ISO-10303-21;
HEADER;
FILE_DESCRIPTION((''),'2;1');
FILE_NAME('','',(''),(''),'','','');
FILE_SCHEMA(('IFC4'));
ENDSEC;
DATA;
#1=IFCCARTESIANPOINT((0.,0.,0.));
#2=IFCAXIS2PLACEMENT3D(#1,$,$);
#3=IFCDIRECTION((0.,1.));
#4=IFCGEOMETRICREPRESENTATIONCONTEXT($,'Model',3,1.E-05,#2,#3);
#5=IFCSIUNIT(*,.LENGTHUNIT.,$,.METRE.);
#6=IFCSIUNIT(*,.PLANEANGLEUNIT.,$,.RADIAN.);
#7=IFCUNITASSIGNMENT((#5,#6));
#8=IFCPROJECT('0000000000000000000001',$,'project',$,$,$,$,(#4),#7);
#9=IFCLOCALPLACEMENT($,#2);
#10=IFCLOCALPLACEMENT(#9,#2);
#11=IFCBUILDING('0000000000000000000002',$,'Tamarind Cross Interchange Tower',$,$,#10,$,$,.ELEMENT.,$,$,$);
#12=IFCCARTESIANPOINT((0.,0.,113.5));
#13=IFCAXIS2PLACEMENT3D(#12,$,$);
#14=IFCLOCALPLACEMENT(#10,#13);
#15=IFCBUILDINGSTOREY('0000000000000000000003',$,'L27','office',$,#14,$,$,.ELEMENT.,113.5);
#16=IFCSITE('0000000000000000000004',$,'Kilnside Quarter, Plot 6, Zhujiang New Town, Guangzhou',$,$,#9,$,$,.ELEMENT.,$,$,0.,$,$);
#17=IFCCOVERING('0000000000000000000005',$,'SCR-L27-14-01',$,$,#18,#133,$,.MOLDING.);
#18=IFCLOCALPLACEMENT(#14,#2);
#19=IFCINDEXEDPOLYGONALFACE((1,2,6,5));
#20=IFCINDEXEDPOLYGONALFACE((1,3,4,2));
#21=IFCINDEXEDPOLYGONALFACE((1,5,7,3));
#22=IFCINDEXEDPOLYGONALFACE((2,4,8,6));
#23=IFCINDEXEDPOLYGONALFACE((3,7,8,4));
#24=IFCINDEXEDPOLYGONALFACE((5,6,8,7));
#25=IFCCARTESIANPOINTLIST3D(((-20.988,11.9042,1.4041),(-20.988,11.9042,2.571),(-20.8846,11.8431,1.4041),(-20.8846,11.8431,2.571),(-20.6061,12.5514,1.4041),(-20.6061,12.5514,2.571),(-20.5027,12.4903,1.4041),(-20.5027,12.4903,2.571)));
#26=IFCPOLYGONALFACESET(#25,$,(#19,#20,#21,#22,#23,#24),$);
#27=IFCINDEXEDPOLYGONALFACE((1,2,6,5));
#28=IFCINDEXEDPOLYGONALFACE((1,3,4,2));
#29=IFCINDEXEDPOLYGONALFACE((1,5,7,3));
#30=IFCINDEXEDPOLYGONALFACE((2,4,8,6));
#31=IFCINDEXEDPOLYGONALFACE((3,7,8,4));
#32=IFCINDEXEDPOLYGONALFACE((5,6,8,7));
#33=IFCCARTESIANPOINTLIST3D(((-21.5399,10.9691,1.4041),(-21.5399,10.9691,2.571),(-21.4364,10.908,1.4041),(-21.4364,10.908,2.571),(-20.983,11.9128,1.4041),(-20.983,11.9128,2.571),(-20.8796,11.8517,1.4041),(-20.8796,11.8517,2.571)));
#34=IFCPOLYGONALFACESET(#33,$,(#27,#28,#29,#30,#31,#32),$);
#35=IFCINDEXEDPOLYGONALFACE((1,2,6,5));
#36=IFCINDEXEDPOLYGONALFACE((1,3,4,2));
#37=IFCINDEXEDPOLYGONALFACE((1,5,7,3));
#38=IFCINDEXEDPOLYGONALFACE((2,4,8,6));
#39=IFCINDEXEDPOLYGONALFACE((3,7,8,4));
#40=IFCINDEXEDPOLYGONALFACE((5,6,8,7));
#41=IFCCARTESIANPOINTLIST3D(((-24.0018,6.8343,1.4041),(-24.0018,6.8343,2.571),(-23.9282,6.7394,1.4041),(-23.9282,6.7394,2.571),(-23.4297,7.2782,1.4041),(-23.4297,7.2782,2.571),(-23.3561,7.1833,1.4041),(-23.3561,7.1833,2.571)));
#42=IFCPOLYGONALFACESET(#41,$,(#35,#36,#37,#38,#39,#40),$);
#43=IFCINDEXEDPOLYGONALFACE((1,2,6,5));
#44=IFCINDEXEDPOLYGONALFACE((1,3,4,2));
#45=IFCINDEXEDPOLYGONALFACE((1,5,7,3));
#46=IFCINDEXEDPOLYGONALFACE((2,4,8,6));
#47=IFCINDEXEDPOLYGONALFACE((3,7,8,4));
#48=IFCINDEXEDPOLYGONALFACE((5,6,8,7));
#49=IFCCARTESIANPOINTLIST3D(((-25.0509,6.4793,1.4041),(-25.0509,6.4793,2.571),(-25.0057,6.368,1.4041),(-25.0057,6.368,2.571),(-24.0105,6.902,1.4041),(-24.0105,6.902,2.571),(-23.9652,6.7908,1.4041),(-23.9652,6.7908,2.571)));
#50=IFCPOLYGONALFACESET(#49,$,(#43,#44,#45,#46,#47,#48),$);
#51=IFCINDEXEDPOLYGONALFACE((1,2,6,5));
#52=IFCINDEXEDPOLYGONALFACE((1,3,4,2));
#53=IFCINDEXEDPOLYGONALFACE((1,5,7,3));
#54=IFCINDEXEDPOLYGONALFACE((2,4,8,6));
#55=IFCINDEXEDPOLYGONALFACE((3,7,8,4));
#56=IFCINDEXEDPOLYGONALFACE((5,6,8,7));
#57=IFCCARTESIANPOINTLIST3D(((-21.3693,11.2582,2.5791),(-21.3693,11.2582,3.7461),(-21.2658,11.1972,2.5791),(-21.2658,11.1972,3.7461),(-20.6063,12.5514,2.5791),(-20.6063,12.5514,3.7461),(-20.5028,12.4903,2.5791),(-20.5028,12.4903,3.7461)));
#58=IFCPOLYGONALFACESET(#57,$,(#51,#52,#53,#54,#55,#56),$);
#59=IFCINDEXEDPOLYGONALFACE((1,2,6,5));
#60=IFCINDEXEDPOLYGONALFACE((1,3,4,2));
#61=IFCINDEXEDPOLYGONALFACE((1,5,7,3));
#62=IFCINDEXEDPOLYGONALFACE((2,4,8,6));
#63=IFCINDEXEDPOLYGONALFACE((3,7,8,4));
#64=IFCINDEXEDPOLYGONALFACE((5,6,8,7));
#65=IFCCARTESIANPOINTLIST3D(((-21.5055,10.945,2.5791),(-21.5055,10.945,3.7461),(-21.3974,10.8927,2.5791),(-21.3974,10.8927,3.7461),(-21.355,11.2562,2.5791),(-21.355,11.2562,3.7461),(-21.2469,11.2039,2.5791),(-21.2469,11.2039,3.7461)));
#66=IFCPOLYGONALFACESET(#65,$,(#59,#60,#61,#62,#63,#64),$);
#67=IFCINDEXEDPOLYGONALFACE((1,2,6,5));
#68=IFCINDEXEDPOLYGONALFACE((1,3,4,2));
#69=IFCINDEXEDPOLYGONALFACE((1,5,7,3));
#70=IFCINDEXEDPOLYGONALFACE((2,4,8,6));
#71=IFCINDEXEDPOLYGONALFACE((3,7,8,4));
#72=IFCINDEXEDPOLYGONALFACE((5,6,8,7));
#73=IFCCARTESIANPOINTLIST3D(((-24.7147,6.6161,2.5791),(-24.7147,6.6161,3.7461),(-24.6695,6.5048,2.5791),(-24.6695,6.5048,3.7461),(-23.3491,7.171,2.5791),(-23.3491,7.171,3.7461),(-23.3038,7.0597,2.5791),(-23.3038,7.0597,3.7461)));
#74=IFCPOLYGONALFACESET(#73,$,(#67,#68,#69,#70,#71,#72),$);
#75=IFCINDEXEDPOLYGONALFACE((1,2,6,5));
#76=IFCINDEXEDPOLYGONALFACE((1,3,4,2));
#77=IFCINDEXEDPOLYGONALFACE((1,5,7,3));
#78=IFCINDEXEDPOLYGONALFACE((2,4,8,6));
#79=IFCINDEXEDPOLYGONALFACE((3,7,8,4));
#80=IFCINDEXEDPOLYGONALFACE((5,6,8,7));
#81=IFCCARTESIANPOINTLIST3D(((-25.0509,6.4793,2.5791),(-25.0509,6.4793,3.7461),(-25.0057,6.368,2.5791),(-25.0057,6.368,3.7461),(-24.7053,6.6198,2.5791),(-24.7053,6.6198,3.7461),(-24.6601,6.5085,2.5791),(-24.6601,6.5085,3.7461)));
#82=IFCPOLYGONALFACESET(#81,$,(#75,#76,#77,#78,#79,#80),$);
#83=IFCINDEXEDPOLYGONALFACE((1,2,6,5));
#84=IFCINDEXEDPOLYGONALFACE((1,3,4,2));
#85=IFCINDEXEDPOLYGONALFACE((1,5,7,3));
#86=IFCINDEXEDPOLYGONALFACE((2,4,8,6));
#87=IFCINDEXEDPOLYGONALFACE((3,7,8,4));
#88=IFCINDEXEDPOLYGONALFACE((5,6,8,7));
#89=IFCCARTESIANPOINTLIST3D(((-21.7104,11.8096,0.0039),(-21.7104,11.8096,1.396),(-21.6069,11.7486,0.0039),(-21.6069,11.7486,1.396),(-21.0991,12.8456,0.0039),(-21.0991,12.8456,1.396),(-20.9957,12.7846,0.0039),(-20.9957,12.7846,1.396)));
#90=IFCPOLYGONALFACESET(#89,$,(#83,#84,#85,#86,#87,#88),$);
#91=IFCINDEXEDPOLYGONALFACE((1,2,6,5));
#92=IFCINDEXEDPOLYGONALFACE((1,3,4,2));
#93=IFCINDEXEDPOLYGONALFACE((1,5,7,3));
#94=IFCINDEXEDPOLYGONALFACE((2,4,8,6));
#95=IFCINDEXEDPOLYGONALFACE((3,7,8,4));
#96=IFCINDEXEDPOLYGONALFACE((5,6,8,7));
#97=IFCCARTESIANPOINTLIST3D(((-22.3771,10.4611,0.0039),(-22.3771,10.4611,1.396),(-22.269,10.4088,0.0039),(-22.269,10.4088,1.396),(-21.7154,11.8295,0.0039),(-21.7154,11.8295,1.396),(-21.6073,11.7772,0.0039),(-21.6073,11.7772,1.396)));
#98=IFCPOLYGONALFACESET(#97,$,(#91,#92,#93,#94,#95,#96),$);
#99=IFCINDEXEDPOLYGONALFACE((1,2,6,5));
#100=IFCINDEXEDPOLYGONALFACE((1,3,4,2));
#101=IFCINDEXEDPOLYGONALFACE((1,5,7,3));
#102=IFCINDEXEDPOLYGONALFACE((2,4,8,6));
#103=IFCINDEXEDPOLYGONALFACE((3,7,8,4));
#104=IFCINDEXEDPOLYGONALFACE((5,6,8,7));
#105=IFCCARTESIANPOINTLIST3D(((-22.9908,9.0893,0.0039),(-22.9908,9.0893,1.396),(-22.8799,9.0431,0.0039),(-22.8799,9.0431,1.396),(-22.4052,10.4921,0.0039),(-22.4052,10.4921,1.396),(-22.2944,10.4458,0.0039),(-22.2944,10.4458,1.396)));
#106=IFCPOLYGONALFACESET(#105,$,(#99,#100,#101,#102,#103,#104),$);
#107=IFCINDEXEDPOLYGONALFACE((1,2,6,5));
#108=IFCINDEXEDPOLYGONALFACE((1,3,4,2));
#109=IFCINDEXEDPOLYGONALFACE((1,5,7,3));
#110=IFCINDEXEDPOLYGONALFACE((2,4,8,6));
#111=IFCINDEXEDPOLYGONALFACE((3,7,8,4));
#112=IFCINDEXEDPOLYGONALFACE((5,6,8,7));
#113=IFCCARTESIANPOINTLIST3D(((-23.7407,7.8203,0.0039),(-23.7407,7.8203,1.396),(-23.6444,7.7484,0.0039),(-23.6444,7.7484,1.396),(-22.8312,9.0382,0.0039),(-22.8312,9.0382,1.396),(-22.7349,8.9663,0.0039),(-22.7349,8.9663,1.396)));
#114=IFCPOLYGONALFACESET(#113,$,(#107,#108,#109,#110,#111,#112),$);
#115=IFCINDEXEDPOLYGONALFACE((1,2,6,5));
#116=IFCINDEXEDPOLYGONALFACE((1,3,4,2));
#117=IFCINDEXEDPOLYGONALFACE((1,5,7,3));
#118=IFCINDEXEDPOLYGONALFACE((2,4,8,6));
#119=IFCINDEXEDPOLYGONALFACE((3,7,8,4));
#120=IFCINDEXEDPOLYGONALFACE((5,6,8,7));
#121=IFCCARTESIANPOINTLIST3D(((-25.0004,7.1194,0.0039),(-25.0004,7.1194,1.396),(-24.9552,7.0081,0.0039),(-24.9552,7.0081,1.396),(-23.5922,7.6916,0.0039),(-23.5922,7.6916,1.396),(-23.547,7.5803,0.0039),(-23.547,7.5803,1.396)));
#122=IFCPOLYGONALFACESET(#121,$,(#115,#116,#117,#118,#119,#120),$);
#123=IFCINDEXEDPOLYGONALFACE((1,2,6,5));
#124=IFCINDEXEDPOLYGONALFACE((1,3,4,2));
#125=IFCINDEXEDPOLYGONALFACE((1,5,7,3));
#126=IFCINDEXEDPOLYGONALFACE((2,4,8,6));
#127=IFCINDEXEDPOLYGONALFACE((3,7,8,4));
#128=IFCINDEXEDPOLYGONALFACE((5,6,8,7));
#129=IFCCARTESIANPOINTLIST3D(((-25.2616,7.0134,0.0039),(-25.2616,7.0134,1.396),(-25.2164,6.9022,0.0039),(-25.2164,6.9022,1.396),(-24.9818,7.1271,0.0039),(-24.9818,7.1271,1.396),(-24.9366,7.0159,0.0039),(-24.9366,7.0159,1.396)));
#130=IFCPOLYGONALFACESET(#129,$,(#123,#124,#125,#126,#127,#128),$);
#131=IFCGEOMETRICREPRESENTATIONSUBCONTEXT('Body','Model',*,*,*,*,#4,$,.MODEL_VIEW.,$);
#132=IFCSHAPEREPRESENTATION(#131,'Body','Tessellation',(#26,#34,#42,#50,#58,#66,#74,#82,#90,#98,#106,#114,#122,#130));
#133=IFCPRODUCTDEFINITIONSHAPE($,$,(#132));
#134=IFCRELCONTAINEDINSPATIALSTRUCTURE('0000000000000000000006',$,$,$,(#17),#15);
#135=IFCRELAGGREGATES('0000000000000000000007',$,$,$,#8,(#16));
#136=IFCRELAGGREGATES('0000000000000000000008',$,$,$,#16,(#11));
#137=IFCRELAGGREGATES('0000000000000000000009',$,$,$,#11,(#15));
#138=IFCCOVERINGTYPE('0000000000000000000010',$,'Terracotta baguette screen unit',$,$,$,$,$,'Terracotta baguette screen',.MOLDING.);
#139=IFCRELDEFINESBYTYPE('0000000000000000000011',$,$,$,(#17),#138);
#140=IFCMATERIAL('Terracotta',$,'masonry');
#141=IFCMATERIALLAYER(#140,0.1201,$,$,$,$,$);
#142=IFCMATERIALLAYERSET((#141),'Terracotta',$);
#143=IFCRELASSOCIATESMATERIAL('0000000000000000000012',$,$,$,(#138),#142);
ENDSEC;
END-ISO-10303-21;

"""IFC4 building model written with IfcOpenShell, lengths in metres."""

from ifc_helpers import new_model, si_unit, direction, frame, origin, origin_2d, place, context, subcontext, project, spatial, rectangle, extrude, material, layer, layer_set, type_object, element, save


model = new_model("IFC4")

# Units and contexts
model_context = context("Model", 3, precision=1e-05, world=origin(), true_north=direction((0.0, 1.0)))
body_context = subcontext(model_context, "Body", "Model", "MODEL_VIEW")
ifc_project = project(units=[si_unit("LENGTHUNIT", "METRE"), si_unit("PLANEANGLEUNIT", "RADIAN")], contexts=[model_context])

# Site, building, storey
site_placement = place(None, origin())
site = spatial("IfcSite", under=ifc_project, at=site_placement, Name="Kilnside Quarter, Plot 6, Zhujiang New Town, Guangzhou", CompositionType="ELEMENT", RefElevation=0.0)
building_placement = place(site_placement, origin())
building = spatial("IfcBuilding", under=site, at=building_placement, Name="Tamarind Cross Interchange Tower", CompositionType="ELEMENT")
storey_placement = place(building_placement, frame((0.0, 0.0, 113.5)))
storey = spatial("IfcBuildingStorey", under=building, at=storey_placement, Name="L27", Description="office", CompositionType="ELEMENT", Elevation=113.5)

# Covering
ifc_material_1 = material(Name="Terracotta", Category="masonry")
ifc_layer_1 = layer(ifc_material_1, 0.1201)
ifc_layer_set_1 = layer_set([ifc_layer_1], Name="Terracotta")
covering_type = type_object("IfcCoveringType", Name="Terracotta baguette screen unit", ElementType="Terracotta baguette screen", PredefinedType="MOLDING", material=ifc_layer_set_1)
covering_1_placement = place(storey_placement, origin())
element("IfcCovering", 1, at=covering_1_placement, inside=storey, type_object=covering_type, Name="SCR-L27-14-01", PredefinedType="MOLDING", context=body_context, shape_type="SweptSolid", body=[
    extrude(rectangle(XDim=0.7515, YDim=0.1201, at=origin_2d()), frame((-20.7454, 12.1973, 1.4041), z_axis=(0.0, 0.0, 1.0), x_axis=(-0.508183, -0.861249, 0.0)), (0.0, 0.0, 1.0), 1.167),
    extrude(rectangle(XDim=1.0957, YDim=0.1201, at=origin_2d()), frame((-21.2097, 11.4104, 1.4041), z_axis=(0.0, 0.0, 1.0), x_axis=(-0.508183, -0.861249, 0.0)), (0.0, 0.0, 1.0), 1.167),
    extrude(rectangle(XDim=0.7241, YDim=0.1201, at=origin_2d()), frame((-23.679, 7.0088, 1.4041), z_axis=(0.0, 0.0, 1.0), x_axis=(-0.790021, -0.613079, 0.0)), (0.0, 0.0, 1.0), 1.167),
    extrude(rectangle(XDim=1.123, YDim=0.1201, at=origin_2d()), frame((-24.5081, 6.635, 1.4041), z_axis=(0.0, 0.0, 1.0), x_axis=(-0.92643, -0.376468, 0.0)), (0.0, 0.0, 1.0), 1.167),
    extrude(rectangle(XDim=1.5015, YDim=0.1201, at=origin_2d()), frame((-20.936, 11.8743, 2.5791), z_axis=(0.0, 0.0, 1.0), x_axis=(-0.508183, -0.861249, 0.0)), (0.0, 0.0, 1.0), 1.167),
    extrude(rectangle(XDim=0.3457, YDim=0.1201, at=origin_2d()), frame((-21.3762, 11.0745, 2.5791), z_axis=(0.0, 0.0, 1.0), x_axis=(-0.435326, -0.900273, 0.0)), (0.0, 0.0, 1.0), 1.167),
    extrude(rectangle(XDim=1.4741, YDim=0.1201, at=origin_2d()), frame((-24.0093, 6.8379, 2.5791), z_axis=(0.0, 0.0, 1.0), x_axis=(-0.92643, -0.376468, 0.0)), (0.0, 0.0, 1.0), 1.167),
    extrude(rectangle(XDim=0.373, YDim=0.1201, at=origin_2d()), frame((-24.8555, 6.4939, 2.5791), z_axis=(0.0, 0.0, 1.0), x_axis=(-0.92643, -0.376468, 0.0)), (0.0, 0.0, 1.0), 1.167),
    extrude(rectangle(XDim=1.2029, YDim=0.1201, at=origin_2d()), frame((-21.353, 12.2971, 0.0039), z_axis=(0.0, 0.0, 1.0), x_axis=(-0.508183, -0.861249, 0.0)), (0.0, 0.0, 1.0), 1.3921),
    extrude(rectangle(XDim=1.52, YDim=0.1201, at=origin_2d()), frame((-21.9922, 11.1191, 0.0039), z_axis=(0.0, 0.0, 1.0), x_axis=(-0.435326, -0.900273, 0.0)), (0.0, 0.0, 1.0), 1.3921),
    extrude(rectangle(XDim=1.52, YDim=0.1201, at=origin_2d()), frame((-22.6426, 9.7676, 0.0039), z_axis=(0.0, 0.0, 1.0), x_axis=(-0.385196, -0.922835, 0.0)), (0.0, 0.0, 1.0), 1.3921),
    extrude(rectangle(XDim=1.52, YDim=0.1201, at=origin_2d()), frame((-23.2378, 8.3933, 0.0039), z_axis=(0.0, 0.0, 1.0), x_axis=(-0.598348, -0.801237, 0.0)), (0.0, 0.0, 1.0), 1.3921),
    extrude(rectangle(XDim=1.52, YDim=0.1201, at=origin_2d()), frame((-24.2737, 7.3499, 0.0039), z_axis=(0.0, 0.0, 1.0), x_axis=(-0.92643, -0.376468, 0.0)), (0.0, 0.0, 1.0), 1.3921),
    extrude(rectangle(XDim=0.302, YDim=0.1201, at=origin_2d()), frame((-25.0991, 7.0146, 0.0039), z_axis=(0.0, 0.0, 1.0), x_axis=(-0.92643, -0.376468, 0.0)), (0.0, 0.0, 1.0), 1.3921),
])

save(model, "model.ifc")
